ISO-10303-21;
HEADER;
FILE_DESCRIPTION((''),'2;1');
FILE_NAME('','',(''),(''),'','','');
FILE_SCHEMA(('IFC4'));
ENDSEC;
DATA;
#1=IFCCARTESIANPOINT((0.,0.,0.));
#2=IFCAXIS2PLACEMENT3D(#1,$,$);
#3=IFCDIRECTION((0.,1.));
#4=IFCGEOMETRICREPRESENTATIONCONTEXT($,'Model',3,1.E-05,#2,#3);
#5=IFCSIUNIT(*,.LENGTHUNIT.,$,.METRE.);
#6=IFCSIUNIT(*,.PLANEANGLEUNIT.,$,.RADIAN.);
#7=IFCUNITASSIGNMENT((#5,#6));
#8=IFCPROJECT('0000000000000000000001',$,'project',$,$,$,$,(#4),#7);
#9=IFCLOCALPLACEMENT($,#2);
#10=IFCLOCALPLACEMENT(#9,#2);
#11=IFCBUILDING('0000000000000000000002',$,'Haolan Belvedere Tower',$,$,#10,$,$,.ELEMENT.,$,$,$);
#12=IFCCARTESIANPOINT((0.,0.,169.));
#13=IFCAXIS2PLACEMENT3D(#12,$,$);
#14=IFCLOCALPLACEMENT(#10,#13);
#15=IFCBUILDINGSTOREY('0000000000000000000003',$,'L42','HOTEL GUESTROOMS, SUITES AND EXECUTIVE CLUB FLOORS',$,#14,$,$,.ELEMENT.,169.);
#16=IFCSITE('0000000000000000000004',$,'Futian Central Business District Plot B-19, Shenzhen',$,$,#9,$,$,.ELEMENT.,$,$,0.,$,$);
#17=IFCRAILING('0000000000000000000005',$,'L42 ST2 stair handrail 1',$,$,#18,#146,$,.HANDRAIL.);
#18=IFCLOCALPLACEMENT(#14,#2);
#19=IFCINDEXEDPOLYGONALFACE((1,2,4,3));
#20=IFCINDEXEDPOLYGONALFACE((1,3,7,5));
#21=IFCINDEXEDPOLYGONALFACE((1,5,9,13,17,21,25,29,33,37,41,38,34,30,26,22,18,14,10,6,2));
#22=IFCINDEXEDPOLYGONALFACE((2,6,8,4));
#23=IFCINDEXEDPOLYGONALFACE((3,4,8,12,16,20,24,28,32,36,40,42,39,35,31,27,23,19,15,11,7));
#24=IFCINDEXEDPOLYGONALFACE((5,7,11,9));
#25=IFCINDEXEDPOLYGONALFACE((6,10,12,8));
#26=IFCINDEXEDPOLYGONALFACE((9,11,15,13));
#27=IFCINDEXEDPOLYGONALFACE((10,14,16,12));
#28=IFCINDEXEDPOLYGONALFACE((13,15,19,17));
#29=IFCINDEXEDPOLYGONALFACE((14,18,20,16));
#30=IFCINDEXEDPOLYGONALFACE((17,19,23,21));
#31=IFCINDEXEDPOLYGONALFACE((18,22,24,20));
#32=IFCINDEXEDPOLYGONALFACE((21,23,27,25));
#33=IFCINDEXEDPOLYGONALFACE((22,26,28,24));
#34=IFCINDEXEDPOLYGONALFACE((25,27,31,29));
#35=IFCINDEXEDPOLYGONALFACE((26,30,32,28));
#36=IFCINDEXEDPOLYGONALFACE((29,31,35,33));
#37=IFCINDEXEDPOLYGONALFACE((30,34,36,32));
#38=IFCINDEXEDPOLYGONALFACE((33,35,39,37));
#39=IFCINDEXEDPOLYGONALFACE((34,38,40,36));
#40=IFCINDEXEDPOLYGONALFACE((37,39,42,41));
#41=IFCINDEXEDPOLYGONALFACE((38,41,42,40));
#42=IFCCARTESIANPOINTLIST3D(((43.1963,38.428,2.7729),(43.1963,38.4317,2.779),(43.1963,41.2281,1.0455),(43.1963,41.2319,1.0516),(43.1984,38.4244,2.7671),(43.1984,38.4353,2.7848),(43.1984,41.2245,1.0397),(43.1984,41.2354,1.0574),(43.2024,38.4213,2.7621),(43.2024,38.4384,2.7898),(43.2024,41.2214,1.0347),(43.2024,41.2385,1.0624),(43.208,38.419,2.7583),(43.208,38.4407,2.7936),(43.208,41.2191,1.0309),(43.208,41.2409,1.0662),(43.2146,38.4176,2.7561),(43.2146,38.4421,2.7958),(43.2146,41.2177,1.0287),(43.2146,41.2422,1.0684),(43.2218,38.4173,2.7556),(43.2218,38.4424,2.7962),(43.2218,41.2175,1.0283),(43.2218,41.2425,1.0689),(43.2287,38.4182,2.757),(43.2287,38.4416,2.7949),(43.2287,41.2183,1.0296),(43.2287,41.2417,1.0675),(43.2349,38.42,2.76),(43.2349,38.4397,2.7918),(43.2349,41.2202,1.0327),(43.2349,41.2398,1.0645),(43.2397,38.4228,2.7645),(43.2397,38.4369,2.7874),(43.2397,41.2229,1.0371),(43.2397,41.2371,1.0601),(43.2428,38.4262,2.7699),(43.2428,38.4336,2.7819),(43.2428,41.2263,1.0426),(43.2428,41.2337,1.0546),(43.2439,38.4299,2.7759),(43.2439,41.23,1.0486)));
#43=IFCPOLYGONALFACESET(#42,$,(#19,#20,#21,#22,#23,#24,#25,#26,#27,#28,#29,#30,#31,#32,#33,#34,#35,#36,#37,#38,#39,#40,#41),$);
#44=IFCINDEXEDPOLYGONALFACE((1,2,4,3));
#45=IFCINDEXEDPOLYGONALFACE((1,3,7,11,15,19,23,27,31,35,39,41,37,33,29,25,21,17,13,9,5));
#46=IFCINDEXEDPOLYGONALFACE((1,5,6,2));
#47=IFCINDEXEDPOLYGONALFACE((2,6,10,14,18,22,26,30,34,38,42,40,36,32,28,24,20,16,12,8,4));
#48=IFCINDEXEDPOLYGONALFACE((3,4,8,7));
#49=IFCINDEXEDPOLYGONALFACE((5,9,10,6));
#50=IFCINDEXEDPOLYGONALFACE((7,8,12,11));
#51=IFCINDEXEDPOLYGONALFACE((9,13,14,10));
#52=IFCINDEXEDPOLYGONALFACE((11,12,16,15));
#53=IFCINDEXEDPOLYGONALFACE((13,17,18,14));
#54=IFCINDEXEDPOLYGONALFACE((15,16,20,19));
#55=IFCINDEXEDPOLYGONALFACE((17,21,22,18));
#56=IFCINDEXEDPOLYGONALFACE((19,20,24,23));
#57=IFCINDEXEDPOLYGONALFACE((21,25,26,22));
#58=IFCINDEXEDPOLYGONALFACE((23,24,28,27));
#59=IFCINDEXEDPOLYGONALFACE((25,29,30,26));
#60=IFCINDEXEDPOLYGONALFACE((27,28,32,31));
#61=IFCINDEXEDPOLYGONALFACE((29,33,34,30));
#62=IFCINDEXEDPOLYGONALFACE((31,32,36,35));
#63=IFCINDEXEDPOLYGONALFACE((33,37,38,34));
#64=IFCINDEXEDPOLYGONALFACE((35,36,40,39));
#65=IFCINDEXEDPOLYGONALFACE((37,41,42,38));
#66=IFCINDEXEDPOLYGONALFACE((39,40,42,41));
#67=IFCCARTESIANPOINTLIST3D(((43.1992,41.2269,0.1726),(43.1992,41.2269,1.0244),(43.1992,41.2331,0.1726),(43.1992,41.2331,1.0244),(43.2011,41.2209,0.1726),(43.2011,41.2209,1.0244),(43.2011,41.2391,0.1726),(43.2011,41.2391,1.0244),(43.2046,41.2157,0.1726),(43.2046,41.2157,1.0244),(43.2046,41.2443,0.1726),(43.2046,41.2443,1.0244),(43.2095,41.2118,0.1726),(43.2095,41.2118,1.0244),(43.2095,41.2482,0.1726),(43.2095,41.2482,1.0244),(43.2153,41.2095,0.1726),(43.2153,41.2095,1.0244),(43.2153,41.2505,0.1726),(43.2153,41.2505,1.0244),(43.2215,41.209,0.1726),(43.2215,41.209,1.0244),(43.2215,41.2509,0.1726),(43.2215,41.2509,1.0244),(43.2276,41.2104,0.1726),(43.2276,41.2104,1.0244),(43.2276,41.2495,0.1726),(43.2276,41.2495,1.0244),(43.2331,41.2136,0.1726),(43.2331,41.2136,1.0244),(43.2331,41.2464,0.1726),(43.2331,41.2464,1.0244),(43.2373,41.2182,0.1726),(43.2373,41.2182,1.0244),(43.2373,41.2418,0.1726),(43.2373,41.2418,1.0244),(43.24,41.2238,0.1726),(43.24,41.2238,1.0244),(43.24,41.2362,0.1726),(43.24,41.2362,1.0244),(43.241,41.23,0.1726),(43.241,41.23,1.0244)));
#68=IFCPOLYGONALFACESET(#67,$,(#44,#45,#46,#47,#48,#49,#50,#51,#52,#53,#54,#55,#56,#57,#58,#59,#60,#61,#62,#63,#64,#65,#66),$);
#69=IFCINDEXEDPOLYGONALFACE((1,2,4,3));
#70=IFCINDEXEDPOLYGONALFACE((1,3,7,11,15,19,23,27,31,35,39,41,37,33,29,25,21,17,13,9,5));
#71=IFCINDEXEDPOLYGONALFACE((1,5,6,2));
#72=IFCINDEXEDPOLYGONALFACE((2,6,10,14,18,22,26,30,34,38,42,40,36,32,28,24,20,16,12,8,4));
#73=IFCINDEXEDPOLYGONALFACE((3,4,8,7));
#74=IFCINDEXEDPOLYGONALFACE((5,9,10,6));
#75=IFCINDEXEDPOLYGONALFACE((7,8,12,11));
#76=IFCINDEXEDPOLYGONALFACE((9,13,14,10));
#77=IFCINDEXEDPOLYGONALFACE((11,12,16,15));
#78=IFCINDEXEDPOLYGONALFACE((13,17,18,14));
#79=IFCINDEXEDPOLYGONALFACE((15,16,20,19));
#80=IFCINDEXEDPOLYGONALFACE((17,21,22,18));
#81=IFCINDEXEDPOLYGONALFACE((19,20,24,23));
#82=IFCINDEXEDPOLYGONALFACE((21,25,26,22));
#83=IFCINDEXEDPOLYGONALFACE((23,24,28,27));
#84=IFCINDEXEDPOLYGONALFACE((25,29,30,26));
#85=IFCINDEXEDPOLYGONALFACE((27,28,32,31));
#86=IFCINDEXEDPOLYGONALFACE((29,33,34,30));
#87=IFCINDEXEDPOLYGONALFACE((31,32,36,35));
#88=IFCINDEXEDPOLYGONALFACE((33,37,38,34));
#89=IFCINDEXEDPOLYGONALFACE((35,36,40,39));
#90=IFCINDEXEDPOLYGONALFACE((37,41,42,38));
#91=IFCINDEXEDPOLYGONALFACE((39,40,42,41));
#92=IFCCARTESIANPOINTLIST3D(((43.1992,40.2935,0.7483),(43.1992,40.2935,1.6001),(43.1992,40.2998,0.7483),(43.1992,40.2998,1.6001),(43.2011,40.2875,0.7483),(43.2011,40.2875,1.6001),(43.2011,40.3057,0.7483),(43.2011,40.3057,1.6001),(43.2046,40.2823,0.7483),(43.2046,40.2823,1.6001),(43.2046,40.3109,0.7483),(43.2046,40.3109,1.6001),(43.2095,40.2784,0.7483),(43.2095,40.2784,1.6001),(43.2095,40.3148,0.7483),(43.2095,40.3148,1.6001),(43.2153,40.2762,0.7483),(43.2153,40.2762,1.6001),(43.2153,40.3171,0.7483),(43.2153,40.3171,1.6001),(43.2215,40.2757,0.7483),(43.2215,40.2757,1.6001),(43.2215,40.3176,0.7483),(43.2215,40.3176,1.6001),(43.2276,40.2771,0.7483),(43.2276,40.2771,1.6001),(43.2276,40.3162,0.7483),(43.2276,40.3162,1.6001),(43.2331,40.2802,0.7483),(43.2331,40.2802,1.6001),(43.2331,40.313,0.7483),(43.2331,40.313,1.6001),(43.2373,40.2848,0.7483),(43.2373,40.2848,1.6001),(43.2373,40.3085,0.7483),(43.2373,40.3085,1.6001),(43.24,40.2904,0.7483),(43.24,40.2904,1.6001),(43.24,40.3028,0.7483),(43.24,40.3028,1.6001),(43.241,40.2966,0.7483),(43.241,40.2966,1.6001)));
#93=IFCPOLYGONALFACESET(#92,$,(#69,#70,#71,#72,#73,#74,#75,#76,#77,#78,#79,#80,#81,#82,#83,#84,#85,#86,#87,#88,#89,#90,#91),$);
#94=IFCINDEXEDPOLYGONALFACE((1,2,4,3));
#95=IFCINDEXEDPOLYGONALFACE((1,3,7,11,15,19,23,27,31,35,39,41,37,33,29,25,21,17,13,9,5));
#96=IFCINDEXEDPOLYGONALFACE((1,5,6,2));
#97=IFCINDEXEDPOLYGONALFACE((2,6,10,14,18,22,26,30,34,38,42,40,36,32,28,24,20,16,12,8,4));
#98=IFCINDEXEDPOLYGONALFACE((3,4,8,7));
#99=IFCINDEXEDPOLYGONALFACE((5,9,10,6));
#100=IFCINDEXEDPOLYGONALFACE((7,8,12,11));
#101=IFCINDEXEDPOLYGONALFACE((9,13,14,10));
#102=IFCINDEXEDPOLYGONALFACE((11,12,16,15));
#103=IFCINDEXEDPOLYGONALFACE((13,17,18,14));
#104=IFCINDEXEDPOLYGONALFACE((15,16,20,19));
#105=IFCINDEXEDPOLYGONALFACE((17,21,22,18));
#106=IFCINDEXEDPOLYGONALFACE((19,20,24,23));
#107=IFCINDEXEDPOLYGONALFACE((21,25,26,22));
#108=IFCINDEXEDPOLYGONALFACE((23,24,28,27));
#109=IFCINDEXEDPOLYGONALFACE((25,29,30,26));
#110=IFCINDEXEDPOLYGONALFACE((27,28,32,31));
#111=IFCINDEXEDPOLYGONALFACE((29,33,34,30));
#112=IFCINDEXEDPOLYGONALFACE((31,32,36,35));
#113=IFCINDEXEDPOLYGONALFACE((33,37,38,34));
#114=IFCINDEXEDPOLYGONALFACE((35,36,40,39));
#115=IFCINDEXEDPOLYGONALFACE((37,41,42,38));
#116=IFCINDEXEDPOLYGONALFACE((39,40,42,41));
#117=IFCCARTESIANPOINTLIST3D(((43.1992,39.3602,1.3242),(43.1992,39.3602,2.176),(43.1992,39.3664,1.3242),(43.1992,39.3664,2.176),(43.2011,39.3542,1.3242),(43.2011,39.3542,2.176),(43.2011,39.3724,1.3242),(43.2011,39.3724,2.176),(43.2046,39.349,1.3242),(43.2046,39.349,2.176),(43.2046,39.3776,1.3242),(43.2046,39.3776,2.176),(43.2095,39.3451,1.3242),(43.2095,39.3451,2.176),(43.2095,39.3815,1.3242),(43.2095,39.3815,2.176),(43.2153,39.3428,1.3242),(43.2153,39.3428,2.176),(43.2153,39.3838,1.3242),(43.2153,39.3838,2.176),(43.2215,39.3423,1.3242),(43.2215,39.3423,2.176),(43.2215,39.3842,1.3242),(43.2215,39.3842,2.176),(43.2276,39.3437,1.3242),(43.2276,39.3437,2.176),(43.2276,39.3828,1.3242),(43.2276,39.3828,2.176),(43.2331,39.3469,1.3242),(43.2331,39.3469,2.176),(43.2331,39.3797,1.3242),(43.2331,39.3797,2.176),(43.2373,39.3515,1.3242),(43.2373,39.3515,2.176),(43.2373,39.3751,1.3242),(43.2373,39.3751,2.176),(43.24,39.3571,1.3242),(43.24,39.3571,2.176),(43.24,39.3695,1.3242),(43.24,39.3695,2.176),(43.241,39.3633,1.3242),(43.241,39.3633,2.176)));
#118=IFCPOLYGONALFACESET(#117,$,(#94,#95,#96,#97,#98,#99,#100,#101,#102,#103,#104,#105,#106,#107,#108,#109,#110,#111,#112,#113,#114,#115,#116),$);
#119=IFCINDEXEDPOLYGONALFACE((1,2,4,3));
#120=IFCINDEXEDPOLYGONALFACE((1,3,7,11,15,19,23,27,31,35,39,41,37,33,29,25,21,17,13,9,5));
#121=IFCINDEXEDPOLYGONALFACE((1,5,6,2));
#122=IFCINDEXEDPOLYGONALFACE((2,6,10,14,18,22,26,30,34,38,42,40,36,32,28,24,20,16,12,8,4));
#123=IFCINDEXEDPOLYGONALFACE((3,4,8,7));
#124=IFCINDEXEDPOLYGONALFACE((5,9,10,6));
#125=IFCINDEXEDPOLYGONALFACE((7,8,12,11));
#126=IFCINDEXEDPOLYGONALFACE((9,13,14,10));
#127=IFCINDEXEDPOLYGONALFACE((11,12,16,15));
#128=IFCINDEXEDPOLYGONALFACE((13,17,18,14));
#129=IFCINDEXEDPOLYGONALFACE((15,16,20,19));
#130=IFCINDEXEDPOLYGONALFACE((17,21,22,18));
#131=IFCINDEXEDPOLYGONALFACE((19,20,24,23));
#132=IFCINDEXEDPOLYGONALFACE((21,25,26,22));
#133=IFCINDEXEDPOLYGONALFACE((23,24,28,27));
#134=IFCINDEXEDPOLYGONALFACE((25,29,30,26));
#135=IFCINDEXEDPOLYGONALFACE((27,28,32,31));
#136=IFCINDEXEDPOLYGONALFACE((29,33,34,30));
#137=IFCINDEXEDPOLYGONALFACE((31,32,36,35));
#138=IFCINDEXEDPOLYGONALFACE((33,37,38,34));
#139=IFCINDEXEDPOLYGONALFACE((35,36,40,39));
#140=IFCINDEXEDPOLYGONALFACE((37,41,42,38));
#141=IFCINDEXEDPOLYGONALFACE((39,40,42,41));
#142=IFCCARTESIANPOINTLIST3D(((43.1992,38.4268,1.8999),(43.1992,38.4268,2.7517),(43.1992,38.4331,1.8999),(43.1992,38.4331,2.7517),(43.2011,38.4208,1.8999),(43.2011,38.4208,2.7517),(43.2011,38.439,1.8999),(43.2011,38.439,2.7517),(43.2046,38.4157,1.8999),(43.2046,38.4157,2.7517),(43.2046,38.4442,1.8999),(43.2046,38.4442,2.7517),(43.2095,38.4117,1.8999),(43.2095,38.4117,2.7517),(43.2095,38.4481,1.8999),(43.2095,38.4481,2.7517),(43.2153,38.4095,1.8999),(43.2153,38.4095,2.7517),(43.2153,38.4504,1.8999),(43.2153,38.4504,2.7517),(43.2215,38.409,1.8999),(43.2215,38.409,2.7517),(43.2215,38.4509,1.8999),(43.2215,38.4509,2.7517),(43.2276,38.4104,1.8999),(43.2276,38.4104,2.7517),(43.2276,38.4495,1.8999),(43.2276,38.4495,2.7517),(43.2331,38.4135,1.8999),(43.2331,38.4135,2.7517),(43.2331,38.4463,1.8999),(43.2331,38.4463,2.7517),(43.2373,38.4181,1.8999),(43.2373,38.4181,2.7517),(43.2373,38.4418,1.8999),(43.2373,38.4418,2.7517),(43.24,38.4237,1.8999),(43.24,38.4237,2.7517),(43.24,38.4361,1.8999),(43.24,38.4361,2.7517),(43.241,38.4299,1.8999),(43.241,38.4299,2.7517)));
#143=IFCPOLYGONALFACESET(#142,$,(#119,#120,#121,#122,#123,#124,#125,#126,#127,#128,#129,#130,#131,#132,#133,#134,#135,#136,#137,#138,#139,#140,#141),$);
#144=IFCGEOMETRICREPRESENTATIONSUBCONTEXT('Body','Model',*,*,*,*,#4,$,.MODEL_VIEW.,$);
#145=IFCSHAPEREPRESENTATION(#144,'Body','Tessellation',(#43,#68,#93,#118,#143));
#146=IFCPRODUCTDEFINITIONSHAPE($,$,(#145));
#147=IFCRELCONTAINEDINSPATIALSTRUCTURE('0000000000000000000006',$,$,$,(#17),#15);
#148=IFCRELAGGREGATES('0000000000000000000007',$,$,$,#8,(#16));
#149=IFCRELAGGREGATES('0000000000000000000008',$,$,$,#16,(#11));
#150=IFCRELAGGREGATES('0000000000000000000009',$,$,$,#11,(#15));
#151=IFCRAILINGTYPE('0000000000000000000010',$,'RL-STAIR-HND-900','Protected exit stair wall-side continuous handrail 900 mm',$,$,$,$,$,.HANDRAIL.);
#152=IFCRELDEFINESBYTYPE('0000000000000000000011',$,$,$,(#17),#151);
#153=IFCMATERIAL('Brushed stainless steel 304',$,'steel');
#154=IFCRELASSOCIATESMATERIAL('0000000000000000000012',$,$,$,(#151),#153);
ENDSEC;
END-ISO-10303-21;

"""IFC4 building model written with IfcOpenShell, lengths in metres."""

from ifc_helpers import new_model, si_unit, direction, frame, origin, origin_2d, place, context, subcontext, project, spatial, circle, extrude, material, type_object, element, save


model = new_model("IFC4")

# Units and contexts
model_context = context("Model", 3, precision=1e-05, world=origin(), true_north=direction((0.0, 1.0)))
body_context = subcontext(model_context, "Body", "Model", "MODEL_VIEW")
ifc_project = project(units=[si_unit("LENGTHUNIT", "METRE"), si_unit("PLANEANGLEUNIT", "RADIAN")], contexts=[model_context])

# Site, building, storey
site_placement = place(None, origin())
site = spatial("IfcSite", under=ifc_project, at=site_placement, Name="Futian Central Business District Plot B-19, Shenzhen", CompositionType="ELEMENT", RefElevation=0.0)
building_placement = place(site_placement, origin())
building = spatial("IfcBuilding", under=site, at=building_placement, Name="Haolan Belvedere Tower", CompositionType="ELEMENT")
storey_placement = place(building_placement, frame((0.0, 0.0, 169.0)))
storey = spatial("IfcBuildingStorey", under=building, at=storey_placement, Name="L42", Description="HOTEL GUESTROOMS, SUITES AND EXECUTIVE CLUB FLOORS", CompositionType="ELEMENT", Elevation=169.0)

# Railing
ifc_material_1 = material(Name="Brushed stainless steel 304", Category="steel")
railing_type_1 = type_object("IfcRailingType", Name="RL-STAIR-HND-900", Description="Protected exit stair wall-side continuous handrail 900 mm", PredefinedType="HANDRAIL", material=ifc_material_1)
railing_1_placement = place(storey_placement, frame((43.22, 41.23, 0.1726)))
element("IfcRailing", 1, at=railing_1_placement, inside=storey, type_object=railing_type_1, Name="L42 ST2 stair handrail 1", PredefinedType="HANDRAIL", context=body_context, shape_type="SweptSolid", body=[
    extrude(circle(Radius=0.0239, at=origin_2d()), frame((0.0, 0.0, 0.876), z_axis=(0.0, -0.85109, 0.52502), x_axis=(1.0, 0.0, 0.0)), (0.0, 0.0, 1.0), 3.29),
    extrude(circle(Radius=0.021, at=origin_2d()), origin(), (0.0, 0.0, 1.0), 0.8518),
    extrude(circle(Radius=0.021, at=origin_2d()), frame((0.0, -0.9333, 0.5757)), (0.0, 0.0, 1.0), 0.8518),
    extrude(circle(Radius=0.021, at=origin_2d()), frame((0.0, -1.8667, 1.1516)), (0.0, 0.0, 1.0), 0.8518),
    extrude(circle(Radius=0.021, at=origin_2d()), frame((0.0, -2.8, 1.7273)), (0.0, 0.0, 1.0), 0.8518),
])

save(model, "model.ifc")
